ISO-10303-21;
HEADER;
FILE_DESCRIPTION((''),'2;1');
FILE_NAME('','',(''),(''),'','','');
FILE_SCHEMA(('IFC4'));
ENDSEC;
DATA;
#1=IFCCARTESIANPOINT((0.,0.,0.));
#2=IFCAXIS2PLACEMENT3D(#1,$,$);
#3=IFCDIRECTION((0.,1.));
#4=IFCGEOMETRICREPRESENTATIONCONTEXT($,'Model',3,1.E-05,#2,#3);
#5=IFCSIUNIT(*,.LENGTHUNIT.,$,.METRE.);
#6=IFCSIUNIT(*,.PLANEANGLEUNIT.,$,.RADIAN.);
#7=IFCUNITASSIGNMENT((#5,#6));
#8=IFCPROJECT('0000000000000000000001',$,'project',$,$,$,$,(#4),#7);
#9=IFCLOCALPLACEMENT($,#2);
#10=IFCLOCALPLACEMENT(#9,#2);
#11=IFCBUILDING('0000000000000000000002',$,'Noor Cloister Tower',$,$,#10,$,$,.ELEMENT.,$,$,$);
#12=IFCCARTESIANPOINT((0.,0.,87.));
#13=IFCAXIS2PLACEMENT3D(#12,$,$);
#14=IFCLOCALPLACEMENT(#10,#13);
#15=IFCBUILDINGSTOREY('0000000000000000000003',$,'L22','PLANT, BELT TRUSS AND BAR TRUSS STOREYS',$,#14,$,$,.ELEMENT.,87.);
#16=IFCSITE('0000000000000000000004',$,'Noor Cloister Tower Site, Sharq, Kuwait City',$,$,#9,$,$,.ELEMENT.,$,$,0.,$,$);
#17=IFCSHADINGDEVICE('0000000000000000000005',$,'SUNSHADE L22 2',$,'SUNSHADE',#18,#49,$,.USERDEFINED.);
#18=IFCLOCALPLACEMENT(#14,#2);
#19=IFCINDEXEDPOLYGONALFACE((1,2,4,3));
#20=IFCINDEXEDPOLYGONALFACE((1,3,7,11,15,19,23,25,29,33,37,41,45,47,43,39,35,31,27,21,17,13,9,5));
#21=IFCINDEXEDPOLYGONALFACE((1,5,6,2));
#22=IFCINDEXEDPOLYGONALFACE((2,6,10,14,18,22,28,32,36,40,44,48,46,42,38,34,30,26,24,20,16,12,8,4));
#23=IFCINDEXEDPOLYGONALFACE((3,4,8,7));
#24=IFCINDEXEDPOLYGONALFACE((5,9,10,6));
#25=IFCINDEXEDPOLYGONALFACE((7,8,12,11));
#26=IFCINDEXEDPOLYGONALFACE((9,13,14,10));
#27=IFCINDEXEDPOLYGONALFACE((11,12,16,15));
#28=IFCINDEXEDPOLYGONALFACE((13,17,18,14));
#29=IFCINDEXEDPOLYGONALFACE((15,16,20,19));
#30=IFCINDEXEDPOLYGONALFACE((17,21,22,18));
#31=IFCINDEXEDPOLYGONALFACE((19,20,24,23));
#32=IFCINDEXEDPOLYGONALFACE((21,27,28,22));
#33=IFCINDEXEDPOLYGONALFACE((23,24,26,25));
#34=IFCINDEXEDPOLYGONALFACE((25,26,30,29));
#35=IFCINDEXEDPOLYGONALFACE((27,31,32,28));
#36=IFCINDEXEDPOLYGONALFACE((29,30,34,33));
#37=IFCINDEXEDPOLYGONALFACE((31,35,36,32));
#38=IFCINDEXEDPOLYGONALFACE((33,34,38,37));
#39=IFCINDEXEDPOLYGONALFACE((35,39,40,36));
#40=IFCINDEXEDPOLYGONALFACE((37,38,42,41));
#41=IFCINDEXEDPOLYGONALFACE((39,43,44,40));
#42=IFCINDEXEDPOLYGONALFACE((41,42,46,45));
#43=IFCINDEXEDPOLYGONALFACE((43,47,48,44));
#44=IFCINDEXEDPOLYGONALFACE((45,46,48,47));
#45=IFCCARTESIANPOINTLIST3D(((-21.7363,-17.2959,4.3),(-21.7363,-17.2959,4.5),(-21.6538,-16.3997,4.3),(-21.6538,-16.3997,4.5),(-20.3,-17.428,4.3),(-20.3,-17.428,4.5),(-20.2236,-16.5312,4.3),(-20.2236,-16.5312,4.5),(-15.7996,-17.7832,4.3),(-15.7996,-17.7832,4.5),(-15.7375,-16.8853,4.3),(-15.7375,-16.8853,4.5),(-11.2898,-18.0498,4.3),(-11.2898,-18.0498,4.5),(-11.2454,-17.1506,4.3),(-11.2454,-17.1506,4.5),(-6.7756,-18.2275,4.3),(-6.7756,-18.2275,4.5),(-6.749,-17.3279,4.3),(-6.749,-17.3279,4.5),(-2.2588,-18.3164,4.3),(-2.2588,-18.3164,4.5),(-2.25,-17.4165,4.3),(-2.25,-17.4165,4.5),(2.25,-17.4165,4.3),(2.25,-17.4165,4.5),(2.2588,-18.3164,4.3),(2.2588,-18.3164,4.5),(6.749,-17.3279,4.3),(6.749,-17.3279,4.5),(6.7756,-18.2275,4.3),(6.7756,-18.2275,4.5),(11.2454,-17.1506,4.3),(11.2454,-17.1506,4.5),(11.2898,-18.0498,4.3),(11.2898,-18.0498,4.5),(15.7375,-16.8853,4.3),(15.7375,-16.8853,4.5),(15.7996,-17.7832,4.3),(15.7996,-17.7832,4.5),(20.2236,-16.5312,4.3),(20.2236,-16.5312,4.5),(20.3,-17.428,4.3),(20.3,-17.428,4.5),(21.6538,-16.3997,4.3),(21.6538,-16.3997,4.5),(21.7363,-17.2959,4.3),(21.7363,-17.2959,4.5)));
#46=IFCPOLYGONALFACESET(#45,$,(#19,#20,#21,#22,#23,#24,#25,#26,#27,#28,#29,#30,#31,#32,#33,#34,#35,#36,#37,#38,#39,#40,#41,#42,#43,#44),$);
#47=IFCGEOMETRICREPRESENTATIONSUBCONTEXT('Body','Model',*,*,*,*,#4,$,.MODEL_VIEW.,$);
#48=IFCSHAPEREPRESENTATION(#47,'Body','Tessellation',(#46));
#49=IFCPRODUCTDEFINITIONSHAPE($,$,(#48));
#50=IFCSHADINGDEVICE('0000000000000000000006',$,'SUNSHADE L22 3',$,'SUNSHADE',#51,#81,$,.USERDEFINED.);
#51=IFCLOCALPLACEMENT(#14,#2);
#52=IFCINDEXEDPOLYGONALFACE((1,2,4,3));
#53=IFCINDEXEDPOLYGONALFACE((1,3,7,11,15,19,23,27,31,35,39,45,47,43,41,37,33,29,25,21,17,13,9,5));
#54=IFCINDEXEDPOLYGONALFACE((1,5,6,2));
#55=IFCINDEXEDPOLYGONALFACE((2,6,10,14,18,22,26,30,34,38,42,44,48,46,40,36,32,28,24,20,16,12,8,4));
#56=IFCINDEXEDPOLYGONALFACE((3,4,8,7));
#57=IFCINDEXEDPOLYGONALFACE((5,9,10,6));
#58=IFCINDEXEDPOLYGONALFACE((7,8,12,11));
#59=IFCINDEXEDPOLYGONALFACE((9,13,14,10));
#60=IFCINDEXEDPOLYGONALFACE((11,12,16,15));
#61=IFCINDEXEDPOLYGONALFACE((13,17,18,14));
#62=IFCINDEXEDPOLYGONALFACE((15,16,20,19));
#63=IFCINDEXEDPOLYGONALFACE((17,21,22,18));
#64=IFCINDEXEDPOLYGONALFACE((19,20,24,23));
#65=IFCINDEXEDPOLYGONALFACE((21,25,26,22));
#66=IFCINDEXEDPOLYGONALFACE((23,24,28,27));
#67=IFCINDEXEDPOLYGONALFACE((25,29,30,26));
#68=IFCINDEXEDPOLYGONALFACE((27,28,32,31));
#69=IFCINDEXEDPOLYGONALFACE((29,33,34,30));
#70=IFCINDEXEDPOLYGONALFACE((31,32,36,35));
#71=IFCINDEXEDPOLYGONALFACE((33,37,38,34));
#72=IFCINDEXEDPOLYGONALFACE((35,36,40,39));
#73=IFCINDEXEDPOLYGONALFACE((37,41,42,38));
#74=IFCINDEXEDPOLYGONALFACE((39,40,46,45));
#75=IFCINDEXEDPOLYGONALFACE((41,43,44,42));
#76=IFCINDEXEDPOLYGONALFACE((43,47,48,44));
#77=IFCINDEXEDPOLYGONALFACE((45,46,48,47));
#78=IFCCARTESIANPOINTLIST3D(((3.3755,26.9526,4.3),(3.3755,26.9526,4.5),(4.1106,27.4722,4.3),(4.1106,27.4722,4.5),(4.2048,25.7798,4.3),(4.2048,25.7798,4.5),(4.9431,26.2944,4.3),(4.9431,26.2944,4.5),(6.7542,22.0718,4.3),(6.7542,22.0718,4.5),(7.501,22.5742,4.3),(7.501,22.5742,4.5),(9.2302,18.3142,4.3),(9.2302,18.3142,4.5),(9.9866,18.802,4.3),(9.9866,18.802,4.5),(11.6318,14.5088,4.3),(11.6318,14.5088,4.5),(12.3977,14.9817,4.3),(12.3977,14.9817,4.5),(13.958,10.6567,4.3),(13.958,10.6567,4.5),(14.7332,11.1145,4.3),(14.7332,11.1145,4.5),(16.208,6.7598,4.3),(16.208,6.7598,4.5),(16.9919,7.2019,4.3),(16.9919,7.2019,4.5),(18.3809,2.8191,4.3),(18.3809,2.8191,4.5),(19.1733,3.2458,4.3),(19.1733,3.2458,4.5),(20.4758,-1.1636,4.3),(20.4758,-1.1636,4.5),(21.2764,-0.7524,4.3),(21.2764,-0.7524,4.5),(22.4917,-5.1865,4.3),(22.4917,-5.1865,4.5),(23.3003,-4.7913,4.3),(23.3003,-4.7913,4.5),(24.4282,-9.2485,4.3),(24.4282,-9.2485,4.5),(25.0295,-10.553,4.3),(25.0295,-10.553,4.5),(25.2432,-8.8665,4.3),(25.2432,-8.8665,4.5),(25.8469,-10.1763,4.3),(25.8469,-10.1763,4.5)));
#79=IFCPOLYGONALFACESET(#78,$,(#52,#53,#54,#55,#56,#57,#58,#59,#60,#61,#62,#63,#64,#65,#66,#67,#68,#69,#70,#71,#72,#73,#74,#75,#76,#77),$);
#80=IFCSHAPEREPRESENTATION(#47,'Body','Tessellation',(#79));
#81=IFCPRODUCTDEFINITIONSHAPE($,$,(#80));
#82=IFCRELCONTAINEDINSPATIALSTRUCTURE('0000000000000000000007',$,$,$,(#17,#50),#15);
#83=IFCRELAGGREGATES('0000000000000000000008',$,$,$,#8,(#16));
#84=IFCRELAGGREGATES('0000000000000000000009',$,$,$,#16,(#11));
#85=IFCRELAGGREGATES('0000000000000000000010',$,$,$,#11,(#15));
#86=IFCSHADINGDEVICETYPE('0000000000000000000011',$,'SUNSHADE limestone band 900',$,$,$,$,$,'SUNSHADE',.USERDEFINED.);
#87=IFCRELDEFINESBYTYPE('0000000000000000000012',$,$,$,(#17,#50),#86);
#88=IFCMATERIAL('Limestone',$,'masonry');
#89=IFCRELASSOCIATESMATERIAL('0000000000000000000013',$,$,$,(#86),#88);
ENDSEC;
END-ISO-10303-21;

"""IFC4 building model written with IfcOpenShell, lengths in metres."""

from ifc_helpers import new_model, si_unit, direction, frame, origin, place, context, subcontext, project, spatial, polyline, outline, extrude, material, type_object, element, save


model = new_model("IFC4")

# Units and contexts
model_context = context("Model", 3, precision=1e-05, world=origin(), true_north=direction((0.0, 1.0)))
body_context = subcontext(model_context, "Body", "Model", "MODEL_VIEW")
ifc_project = project(units=[si_unit("LENGTHUNIT", "METRE"), si_unit("PLANEANGLEUNIT", "RADIAN")], contexts=[model_context])

# Site, building, storey
site_placement = place(None, origin())
site = spatial("IfcSite", under=ifc_project, at=site_placement, Name="Noor Cloister Tower Site, Sharq, Kuwait City", CompositionType="ELEMENT", RefElevation=0.0)
building_placement = place(site_placement, origin())
building = spatial("IfcBuilding", under=site, at=building_placement, Name="Noor Cloister Tower", CompositionType="ELEMENT")
storey_placement = place(building_placement, frame((0.0, 0.0, 87.0)))
storey = spatial("IfcBuildingStorey", under=building, at=storey_placement, Name="L22", Description="PLANT, BELT TRUSS AND BAR TRUSS STOREYS", CompositionType="ELEMENT", Elevation=87.0)

# Shading devices
ifc_material_1 = material(Name="Limestone", Category="masonry")
shading_device_type_1 = type_object("IfcShadingDeviceType", Name="SUNSHADE limestone band 900", ElementType="SUNSHADE", PredefinedType="USERDEFINED", material=ifc_material_1)
shading_device_1_placement = place(storey_placement, frame((0.0, 0.0, 4.3)))
element("IfcShadingDevice", 1, at=shading_device_1_placement, inside=storey, type_object=shading_device_type_1, Name="SUNSHADE L22 2", ObjectType="SUNSHADE", PredefinedType="USERDEFINED", context=body_context, shape_type="SweptSolid", body=[
    extrude(outline(polyline([(-21.7363, -17.2959), (-20.3, -17.428), (-15.7996, -17.7832), (-11.2898, -18.0498), (-6.7756, -18.2275), (-2.2588, -18.3164), (2.2588, -18.3164), (6.7756, -18.2275), (11.2898, -18.0498), (15.7996, -17.7832), (20.3, -17.428), (21.7363, -17.2959), (21.6538, -16.3997), (20.2236, -16.5312), (15.7375, -16.8853), (11.2454, -17.1506), (6.749, -17.3279), (2.25, -17.4165), (-2.25, -17.4165), (-6.749, -17.3279), (-11.2454, -17.1506), (-15.7375, -16.8853), (-20.2236, -16.5312), (-21.6538, -16.3997), (-21.7363, -17.2959)])), origin(), (0.0, 0.0, 1.0), 0.2),
])
shading_device_2_placement = place(storey_placement, frame((0.0, 0.0, 4.3)))
element("IfcShadingDevice", 2, at=shading_device_2_placement, inside=storey, type_object=shading_device_type_1, Name="SUNSHADE L22 3", ObjectType="SUNSHADE", PredefinedType="USERDEFINED", context=body_context, shape_type="SweptSolid", body=[
    extrude(outline(polyline([(25.8469, -10.1763), (25.2432, -8.8665), (23.3003, -4.7913), (21.2764, -0.7524), (19.1733, 3.2458), (16.9919, 7.2019), (14.7332, 11.1145), (12.3977, 14.9817), (9.9866, 18.802), (7.501, 22.5742), (4.9431, 26.2944), (4.1106, 27.4722), (3.3755, 26.9526), (4.2048, 25.7798), (6.7542, 22.0718), (9.2302, 18.3142), (11.6318, 14.5088), (13.958, 10.6567), (16.208, 6.7598), (18.3809, 2.8191), (20.4758, -1.1636), (22.4917, -5.1865), (24.4282, -9.2485), (25.0295, -10.553), (25.8469, -10.1763)])), origin(), (0.0, 0.0, 1.0), 0.2),
])

save(model, "model.ifc")
